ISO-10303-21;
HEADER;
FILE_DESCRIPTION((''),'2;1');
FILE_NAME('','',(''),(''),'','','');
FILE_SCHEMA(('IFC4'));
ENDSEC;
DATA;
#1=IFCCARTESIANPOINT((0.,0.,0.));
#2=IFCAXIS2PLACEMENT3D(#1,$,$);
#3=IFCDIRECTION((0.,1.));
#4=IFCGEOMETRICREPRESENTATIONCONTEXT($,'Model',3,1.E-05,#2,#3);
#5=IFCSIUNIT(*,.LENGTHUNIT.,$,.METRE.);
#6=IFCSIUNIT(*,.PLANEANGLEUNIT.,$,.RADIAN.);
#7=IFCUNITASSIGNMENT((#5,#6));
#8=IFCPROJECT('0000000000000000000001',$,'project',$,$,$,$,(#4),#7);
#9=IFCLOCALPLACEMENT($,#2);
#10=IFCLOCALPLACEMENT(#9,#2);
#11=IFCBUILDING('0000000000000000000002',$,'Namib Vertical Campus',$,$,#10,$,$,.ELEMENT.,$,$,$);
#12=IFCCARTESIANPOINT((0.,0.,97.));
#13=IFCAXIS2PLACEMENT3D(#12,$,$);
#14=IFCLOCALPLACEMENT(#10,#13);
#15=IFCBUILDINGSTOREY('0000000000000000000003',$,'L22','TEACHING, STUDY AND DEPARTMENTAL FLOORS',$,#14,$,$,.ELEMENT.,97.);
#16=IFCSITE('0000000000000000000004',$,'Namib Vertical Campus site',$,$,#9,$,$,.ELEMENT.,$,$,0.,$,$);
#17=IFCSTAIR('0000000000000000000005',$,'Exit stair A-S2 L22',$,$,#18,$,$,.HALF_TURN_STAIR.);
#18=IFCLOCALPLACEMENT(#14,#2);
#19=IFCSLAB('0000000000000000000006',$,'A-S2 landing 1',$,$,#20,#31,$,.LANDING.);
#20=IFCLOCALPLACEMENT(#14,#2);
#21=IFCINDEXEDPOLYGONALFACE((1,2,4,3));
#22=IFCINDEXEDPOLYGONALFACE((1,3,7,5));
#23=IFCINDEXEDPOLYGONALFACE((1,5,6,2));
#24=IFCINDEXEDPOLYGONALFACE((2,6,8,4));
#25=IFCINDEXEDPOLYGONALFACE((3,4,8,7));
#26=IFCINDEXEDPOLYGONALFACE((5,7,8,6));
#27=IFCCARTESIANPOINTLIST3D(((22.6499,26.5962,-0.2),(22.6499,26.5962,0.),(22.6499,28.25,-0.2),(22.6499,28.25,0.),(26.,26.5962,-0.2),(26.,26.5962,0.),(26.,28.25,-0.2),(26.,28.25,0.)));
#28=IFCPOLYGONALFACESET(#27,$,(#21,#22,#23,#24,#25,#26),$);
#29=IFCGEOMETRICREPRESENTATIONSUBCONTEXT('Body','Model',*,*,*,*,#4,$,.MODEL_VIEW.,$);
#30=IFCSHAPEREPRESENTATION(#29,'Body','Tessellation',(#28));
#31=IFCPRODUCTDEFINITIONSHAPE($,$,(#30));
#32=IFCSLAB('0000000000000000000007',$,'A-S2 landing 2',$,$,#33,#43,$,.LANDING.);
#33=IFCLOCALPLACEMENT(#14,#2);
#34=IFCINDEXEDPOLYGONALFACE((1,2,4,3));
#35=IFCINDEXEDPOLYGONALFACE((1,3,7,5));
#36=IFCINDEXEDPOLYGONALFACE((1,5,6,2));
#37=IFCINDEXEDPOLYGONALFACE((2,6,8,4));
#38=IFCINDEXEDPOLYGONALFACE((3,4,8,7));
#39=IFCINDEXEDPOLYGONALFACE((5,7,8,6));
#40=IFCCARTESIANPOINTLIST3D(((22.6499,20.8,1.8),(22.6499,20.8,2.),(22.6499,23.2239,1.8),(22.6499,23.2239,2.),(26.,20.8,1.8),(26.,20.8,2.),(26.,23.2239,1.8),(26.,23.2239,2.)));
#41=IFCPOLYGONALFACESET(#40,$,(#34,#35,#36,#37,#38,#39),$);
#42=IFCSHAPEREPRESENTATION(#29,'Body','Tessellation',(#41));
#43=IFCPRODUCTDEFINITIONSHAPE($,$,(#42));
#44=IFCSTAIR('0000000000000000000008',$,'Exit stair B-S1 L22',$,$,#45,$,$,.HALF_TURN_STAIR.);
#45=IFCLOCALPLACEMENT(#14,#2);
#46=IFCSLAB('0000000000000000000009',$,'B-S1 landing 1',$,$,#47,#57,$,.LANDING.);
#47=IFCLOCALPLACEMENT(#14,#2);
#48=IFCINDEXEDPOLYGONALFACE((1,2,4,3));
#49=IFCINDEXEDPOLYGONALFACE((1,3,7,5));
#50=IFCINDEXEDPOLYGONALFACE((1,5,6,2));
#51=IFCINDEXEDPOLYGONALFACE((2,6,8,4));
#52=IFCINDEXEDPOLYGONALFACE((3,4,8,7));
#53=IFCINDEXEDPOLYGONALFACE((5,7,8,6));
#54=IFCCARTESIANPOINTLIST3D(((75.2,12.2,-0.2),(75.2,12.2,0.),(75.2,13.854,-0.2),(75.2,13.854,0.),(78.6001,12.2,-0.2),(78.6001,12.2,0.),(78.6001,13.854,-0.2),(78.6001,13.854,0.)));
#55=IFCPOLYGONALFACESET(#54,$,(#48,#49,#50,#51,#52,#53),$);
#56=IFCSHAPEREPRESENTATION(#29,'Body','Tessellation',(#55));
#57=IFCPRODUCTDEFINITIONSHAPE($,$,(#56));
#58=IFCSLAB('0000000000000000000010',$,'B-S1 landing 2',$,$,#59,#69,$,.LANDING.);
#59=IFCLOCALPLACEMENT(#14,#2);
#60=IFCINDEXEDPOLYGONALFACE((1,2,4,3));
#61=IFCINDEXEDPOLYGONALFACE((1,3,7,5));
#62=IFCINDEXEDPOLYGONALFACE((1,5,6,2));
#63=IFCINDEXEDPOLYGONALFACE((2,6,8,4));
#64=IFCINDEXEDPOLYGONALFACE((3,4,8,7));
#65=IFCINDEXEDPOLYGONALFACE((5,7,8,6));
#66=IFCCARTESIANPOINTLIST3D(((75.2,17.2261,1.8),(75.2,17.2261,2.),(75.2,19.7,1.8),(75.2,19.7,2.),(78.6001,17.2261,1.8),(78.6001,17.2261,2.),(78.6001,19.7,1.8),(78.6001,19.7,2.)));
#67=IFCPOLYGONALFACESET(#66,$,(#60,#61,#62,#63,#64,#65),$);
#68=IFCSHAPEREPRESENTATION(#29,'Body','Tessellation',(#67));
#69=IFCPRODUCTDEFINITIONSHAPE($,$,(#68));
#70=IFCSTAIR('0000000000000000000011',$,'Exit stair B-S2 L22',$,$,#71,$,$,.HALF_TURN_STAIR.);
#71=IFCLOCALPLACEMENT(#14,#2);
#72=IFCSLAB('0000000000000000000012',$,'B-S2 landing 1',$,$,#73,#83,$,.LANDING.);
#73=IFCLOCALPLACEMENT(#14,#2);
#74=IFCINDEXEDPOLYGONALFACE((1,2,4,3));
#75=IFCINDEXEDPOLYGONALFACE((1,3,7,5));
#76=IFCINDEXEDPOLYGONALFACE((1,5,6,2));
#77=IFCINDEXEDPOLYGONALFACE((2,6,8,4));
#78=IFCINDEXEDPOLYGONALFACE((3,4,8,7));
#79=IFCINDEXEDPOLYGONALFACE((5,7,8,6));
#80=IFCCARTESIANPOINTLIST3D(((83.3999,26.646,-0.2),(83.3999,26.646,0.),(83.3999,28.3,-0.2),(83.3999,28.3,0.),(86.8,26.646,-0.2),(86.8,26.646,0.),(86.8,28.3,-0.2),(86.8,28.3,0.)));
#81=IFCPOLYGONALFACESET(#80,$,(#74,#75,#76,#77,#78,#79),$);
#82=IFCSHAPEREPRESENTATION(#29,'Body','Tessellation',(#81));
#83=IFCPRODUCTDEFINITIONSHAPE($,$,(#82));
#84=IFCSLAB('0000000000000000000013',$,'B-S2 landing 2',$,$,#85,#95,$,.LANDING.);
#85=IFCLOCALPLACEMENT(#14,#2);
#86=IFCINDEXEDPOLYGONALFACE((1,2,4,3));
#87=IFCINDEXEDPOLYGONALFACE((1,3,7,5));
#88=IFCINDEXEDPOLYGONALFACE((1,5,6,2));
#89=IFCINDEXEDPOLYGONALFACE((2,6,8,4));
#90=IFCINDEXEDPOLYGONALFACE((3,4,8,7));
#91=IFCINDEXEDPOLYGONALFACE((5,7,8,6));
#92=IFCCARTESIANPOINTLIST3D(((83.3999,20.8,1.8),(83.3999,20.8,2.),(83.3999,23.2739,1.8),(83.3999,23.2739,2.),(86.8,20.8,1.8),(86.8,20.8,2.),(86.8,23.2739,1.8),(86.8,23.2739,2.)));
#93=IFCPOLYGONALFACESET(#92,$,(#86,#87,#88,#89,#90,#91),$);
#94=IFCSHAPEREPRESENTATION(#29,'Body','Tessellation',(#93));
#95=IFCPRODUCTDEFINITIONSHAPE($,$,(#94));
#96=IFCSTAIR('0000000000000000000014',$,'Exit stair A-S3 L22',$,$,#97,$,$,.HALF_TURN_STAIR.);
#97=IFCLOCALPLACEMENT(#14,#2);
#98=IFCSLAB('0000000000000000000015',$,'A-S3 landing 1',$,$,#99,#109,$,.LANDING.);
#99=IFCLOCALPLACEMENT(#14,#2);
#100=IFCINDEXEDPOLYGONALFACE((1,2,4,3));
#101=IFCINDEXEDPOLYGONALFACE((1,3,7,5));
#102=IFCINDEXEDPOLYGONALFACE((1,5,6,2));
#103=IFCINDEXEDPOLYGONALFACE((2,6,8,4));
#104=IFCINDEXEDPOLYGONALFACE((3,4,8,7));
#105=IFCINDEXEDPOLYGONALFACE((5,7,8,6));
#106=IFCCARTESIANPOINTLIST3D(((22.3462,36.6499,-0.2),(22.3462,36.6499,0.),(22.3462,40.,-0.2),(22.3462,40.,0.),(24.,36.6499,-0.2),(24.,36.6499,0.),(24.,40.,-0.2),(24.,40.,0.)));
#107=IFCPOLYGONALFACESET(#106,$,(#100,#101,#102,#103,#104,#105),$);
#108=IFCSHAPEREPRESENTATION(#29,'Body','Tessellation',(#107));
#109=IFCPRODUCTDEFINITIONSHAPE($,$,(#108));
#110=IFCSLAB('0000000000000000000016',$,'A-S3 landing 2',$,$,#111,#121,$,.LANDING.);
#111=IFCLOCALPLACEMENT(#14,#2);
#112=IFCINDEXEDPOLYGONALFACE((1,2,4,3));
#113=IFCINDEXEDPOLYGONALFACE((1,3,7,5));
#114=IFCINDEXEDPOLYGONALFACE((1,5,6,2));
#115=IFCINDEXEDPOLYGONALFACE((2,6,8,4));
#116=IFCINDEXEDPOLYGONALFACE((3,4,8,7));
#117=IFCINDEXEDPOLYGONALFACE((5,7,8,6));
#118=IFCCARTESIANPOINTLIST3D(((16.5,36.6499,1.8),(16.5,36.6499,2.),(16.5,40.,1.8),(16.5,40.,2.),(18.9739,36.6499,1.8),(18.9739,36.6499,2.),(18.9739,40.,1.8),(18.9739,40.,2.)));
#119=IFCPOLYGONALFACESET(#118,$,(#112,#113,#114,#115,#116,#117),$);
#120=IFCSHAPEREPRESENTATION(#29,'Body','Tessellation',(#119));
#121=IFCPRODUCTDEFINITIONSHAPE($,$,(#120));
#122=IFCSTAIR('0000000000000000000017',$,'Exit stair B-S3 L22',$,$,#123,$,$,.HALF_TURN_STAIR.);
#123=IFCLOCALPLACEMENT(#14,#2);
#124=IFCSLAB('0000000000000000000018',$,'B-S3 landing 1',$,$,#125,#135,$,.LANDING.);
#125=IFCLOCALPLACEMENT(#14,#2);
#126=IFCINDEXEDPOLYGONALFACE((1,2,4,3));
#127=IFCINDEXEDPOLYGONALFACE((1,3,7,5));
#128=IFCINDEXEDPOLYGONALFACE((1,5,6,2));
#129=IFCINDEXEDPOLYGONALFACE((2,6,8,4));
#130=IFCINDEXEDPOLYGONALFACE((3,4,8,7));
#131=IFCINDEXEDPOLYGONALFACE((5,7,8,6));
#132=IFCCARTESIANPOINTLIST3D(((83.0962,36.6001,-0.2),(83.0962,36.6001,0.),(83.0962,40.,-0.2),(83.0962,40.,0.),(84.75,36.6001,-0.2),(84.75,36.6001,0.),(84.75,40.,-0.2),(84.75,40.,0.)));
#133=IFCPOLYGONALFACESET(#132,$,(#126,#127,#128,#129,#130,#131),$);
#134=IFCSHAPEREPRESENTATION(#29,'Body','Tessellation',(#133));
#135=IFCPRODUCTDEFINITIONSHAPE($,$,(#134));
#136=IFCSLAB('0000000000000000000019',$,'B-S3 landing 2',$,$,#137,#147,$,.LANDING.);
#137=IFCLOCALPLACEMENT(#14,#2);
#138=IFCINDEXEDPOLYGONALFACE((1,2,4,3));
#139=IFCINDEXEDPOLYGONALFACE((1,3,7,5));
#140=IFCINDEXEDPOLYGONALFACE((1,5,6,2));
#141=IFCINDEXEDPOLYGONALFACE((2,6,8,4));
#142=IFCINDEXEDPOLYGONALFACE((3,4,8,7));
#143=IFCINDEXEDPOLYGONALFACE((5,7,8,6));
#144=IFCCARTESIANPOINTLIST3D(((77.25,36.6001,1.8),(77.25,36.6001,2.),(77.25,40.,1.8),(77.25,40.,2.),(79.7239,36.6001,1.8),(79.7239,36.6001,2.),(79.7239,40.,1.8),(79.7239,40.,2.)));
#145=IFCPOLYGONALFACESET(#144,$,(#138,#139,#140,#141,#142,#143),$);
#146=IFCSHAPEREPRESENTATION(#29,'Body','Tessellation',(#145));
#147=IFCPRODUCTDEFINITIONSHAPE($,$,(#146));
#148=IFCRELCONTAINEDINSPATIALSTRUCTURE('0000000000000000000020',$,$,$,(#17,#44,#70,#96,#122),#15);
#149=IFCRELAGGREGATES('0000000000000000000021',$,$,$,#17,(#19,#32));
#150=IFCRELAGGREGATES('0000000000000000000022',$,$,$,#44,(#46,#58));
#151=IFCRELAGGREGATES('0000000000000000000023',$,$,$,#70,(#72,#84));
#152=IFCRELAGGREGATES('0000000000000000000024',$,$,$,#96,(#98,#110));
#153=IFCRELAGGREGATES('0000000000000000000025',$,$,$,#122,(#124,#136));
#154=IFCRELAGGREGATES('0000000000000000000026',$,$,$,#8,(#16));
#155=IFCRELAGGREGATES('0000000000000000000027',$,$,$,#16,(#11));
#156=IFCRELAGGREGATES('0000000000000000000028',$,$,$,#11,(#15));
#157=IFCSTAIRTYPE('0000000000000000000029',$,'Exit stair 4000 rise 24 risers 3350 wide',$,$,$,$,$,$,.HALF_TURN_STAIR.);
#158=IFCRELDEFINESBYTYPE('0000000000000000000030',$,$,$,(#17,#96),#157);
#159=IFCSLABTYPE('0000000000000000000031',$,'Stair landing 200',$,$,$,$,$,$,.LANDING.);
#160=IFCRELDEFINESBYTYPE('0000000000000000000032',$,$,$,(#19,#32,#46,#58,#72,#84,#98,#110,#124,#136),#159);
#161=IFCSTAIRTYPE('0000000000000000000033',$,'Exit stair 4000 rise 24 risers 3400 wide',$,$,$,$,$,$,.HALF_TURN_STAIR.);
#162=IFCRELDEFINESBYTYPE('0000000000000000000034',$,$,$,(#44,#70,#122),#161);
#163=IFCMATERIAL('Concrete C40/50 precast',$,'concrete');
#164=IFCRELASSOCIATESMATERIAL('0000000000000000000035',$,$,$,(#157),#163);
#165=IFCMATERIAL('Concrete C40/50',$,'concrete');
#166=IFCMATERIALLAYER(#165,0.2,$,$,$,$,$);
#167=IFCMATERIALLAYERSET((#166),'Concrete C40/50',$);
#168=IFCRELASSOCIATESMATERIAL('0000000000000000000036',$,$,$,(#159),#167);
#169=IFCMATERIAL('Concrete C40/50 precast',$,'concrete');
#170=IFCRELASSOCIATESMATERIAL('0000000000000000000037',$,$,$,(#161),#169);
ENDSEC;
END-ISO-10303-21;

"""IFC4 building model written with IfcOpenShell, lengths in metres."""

from ifc_helpers import new_model, si_unit, direction, frame, origin, place, context, subcontext, project, spatial, polyline, outline, extrude, material, layer, layer_set, type_object, element, aggregate, save


model = new_model("IFC4")

# Units and contexts
model_context = context("Model", 3, precision=1e-05, world=origin(), true_north=direction((0.0, 1.0)))
body_context = subcontext(model_context, "Body", "Model", "MODEL_VIEW")
ifc_project = project(units=[si_unit("LENGTHUNIT", "METRE"), si_unit("PLANEANGLEUNIT", "RADIAN")], contexts=[model_context])

# Site, building, storey
site_placement = place(None, origin())
site = spatial("IfcSite", under=ifc_project, at=site_placement, Name="Namib Vertical Campus site", CompositionType="ELEMENT", RefElevation=0.0)
building_placement = place(site_placement, origin())
building = spatial("IfcBuilding", under=site, at=building_placement, Name="Namib Vertical Campus", CompositionType="ELEMENT")
storey_placement = place(building_placement, frame((0.0, 0.0, 97.0)))
storey = spatial("IfcBuildingStorey", under=building, at=storey_placement, Name="L22", Description="TEACHING, STUDY AND DEPARTMENTAL FLOORS", CompositionType="ELEMENT", Elevation=97.0)

# Stairs, slabs
ifc_material_1 = material(Name="Concrete C40/50 precast", Category="concrete")
stair_type_1 = type_object("IfcStairType", Name="Exit stair 4000 rise 24 risers 3350 wide", PredefinedType="HALF_TURN_STAIR", material=ifc_material_1)
ifc_material_2 = material(Name="Concrete C40/50", Category="concrete")
ifc_layer_1 = layer(ifc_material_2, 0.2)
ifc_layer_set_1 = layer_set([ifc_layer_1], Name="Concrete C40/50")
slab_type_1 = type_object("IfcSlabType", Name="Stair landing 200", PredefinedType="LANDING", material=ifc_layer_set_1)
stair_1_placement = place(storey_placement, origin())
stair_1 = element("IfcStair", 1, at=stair_1_placement, inside=storey, type_object=stair_type_1, Name="Exit stair A-S2 L22", PredefinedType="HALF_TURN_STAIR")
slab_1_placement = place(storey_placement, frame((0.0, 0.0, -0.2)))
slab_1 = element("IfcSlab", 2, at=slab_1_placement, type_object=slab_type_1, Name="A-S2 landing 1", PredefinedType="LANDING", context=body_context, shape_type="SweptSolid", body=[
    extrude(outline(polyline([(22.6499, 26.5962), (26.0, 26.5962), (26.0, 28.25), (22.6499, 28.25), (22.6499, 26.5962)])), origin(), (0.0, 0.0, 1.0), 0.2),
])
slab_2_placement = place(storey_placement, frame((0.0, 0.0, 1.8)))
slab_2 = element("IfcSlab", 3, at=slab_2_placement, type_object=slab_type_1, Name="A-S2 landing 2", PredefinedType="LANDING", context=body_context, shape_type="SweptSolid", body=[
    extrude(outline(polyline([(22.6499, 20.8), (26.0, 20.8), (26.0, 23.2239), (22.6499, 23.2239), (22.6499, 20.8)])), origin(), (0.0, 0.0, 1.0), 0.2),
])
aggregate(stair_1, [slab_1, slab_2])
ifc_material_3 = material(Name="Concrete C40/50 precast", Category="concrete")
stair_type_2 = type_object("IfcStairType", Name="Exit stair 4000 rise 24 risers 3400 wide", PredefinedType="HALF_TURN_STAIR", material=ifc_material_3)
stair_2_placement = place(storey_placement, origin())
stair_2 = element("IfcStair", 4, at=stair_2_placement, inside=storey, type_object=stair_type_2, Name="Exit stair B-S1 L22", PredefinedType="HALF_TURN_STAIR")
slab_3_placement = place(storey_placement, frame((0.0, 0.0, -0.2)))
slab_3 = element("IfcSlab", 5, at=slab_3_placement, type_object=slab_type_1, Name="B-S1 landing 1", PredefinedType="LANDING", context=body_context, shape_type="SweptSolid", body=[
    extrude(outline(polyline([(75.2, 12.2), (78.6001, 12.2), (78.6001, 13.854), (75.2, 13.854), (75.2, 12.2)])), origin(), (0.0, 0.0, 1.0), 0.2),
])
slab_4_placement = place(storey_placement, frame((0.0, 0.0, 1.8)))
slab_4 = element("IfcSlab", 6, at=slab_4_placement, type_object=slab_type_1, Name="B-S1 landing 2", PredefinedType="LANDING", context=body_context, shape_type="SweptSolid", body=[
    extrude(outline(polyline([(75.2, 17.2261), (78.6001, 17.2261), (78.6001, 19.7), (75.2, 19.7), (75.2, 17.2261)])), origin(), (0.0, 0.0, 1.0), 0.2),
])
aggregate(stair_2, [slab_3, slab_4])
stair_3_placement = place(storey_placement, origin())
stair_3 = element("IfcStair", 7, at=stair_3_placement, inside=storey, type_object=stair_type_2, Name="Exit stair B-S2 L22", PredefinedType="HALF_TURN_STAIR")
slab_5_placement = place(storey_placement, frame((0.0, 0.0, -0.2)))
slab_5 = element("IfcSlab", 8, at=slab_5_placement, type_object=slab_type_1, Name="B-S2 landing 1", PredefinedType="LANDING", context=body_context, shape_type="SweptSolid", body=[
    extrude(outline(polyline([(83.3999, 26.646), (86.8, 26.646), (86.8, 28.3), (83.3999, 28.3), (83.3999, 26.646)])), origin(), (0.0, 0.0, 1.0), 0.2),
])
slab_6_placement = place(storey_placement, frame((0.0, 0.0, 1.8)))
slab_6 = element("IfcSlab", 9, at=slab_6_placement, type_object=slab_type_1, Name="B-S2 landing 2", PredefinedType="LANDING", context=body_context, shape_type="SweptSolid", body=[
    extrude(outline(polyline([(83.3999, 20.8), (86.8, 20.8), (86.8, 23.2739), (83.3999, 23.2739), (83.3999, 20.8)])), origin(), (0.0, 0.0, 1.0), 0.2),
])
aggregate(stair_3, [slab_5, slab_6])
stair_4_placement = place(storey_placement, origin())
stair_4 = element("IfcStair", 10, at=stair_4_placement, inside=storey, type_object=stair_type_1, Name="Exit stair A-S3 L22", PredefinedType="HALF_TURN_STAIR")
slab_7_placement = place(storey_placement, frame((0.0, 0.0, -0.2)))
slab_7 = element("IfcSlab", 11, at=slab_7_placement, type_object=slab_type_1, Name="A-S3 landing 1", PredefinedType="LANDING", context=body_context, shape_type="SweptSolid", body=[
    extrude(outline(polyline([(22.3462, 36.6499), (22.3462, 40.0), (24.0, 40.0), (24.0, 36.6499), (22.3462, 36.6499)])), origin(), (0.0, 0.0, 1.0), 0.2),
])
slab_8_placement = place(storey_placement, frame((0.0, 0.0, 1.8)))
slab_8 = element("IfcSlab", 12, at=slab_8_placement, type_object=slab_type_1, Name="A-S3 landing 2", PredefinedType="LANDING", context=body_context, shape_type="SweptSolid", body=[
    extrude(outline(polyline([(16.5, 36.6499), (16.5, 40.0), (18.9739, 40.0), (18.9739, 36.6499), (16.5, 36.6499)])), origin(), (0.0, 0.0, 1.0), 0.2),
])
aggregate(stair_4, [slab_7, slab_8])
stair_5_placement = place(storey_placement, origin())
stair_5 = element("IfcStair", 13, at=stair_5_placement, inside=storey, type_object=stair_type_2, Name="Exit stair B-S3 L22", PredefinedType="HALF_TURN_STAIR")
slab_9_placement = place(storey_placement, frame((0.0, 0.0, -0.2)))
slab_9 = element("IfcSlab", 14, at=slab_9_placement, type_object=slab_type_1, Name="B-S3 landing 1", PredefinedType="LANDING", context=body_context, shape_type="SweptSolid", body=[
    extrude(outline(polyline([(83.0962, 36.6001), (83.0962, 40.0), (84.75, 40.0), (84.75, 36.6001), (83.0962, 36.6001)])), origin(), (0.0, 0.0, 1.0), 0.2),
])
slab_10_placement = place(storey_placement, frame((0.0, 0.0, 1.8)))
slab_10 = element("IfcSlab", 15, at=slab_10_placement, type_object=slab_type_1, Name="B-S3 landing 2", PredefinedType="LANDING", context=body_context, shape_type="SweptSolid", body=[
    extrude(outline(polyline([(77.25, 36.6001), (77.25, 40.0), (79.7239, 40.0), (79.7239, 36.6001), (77.25, 36.6001)])), origin(), (0.0, 0.0, 1.0), 0.2),
])
aggregate(stair_5, [slab_9, slab_10])

save(model, "model.ifc")
